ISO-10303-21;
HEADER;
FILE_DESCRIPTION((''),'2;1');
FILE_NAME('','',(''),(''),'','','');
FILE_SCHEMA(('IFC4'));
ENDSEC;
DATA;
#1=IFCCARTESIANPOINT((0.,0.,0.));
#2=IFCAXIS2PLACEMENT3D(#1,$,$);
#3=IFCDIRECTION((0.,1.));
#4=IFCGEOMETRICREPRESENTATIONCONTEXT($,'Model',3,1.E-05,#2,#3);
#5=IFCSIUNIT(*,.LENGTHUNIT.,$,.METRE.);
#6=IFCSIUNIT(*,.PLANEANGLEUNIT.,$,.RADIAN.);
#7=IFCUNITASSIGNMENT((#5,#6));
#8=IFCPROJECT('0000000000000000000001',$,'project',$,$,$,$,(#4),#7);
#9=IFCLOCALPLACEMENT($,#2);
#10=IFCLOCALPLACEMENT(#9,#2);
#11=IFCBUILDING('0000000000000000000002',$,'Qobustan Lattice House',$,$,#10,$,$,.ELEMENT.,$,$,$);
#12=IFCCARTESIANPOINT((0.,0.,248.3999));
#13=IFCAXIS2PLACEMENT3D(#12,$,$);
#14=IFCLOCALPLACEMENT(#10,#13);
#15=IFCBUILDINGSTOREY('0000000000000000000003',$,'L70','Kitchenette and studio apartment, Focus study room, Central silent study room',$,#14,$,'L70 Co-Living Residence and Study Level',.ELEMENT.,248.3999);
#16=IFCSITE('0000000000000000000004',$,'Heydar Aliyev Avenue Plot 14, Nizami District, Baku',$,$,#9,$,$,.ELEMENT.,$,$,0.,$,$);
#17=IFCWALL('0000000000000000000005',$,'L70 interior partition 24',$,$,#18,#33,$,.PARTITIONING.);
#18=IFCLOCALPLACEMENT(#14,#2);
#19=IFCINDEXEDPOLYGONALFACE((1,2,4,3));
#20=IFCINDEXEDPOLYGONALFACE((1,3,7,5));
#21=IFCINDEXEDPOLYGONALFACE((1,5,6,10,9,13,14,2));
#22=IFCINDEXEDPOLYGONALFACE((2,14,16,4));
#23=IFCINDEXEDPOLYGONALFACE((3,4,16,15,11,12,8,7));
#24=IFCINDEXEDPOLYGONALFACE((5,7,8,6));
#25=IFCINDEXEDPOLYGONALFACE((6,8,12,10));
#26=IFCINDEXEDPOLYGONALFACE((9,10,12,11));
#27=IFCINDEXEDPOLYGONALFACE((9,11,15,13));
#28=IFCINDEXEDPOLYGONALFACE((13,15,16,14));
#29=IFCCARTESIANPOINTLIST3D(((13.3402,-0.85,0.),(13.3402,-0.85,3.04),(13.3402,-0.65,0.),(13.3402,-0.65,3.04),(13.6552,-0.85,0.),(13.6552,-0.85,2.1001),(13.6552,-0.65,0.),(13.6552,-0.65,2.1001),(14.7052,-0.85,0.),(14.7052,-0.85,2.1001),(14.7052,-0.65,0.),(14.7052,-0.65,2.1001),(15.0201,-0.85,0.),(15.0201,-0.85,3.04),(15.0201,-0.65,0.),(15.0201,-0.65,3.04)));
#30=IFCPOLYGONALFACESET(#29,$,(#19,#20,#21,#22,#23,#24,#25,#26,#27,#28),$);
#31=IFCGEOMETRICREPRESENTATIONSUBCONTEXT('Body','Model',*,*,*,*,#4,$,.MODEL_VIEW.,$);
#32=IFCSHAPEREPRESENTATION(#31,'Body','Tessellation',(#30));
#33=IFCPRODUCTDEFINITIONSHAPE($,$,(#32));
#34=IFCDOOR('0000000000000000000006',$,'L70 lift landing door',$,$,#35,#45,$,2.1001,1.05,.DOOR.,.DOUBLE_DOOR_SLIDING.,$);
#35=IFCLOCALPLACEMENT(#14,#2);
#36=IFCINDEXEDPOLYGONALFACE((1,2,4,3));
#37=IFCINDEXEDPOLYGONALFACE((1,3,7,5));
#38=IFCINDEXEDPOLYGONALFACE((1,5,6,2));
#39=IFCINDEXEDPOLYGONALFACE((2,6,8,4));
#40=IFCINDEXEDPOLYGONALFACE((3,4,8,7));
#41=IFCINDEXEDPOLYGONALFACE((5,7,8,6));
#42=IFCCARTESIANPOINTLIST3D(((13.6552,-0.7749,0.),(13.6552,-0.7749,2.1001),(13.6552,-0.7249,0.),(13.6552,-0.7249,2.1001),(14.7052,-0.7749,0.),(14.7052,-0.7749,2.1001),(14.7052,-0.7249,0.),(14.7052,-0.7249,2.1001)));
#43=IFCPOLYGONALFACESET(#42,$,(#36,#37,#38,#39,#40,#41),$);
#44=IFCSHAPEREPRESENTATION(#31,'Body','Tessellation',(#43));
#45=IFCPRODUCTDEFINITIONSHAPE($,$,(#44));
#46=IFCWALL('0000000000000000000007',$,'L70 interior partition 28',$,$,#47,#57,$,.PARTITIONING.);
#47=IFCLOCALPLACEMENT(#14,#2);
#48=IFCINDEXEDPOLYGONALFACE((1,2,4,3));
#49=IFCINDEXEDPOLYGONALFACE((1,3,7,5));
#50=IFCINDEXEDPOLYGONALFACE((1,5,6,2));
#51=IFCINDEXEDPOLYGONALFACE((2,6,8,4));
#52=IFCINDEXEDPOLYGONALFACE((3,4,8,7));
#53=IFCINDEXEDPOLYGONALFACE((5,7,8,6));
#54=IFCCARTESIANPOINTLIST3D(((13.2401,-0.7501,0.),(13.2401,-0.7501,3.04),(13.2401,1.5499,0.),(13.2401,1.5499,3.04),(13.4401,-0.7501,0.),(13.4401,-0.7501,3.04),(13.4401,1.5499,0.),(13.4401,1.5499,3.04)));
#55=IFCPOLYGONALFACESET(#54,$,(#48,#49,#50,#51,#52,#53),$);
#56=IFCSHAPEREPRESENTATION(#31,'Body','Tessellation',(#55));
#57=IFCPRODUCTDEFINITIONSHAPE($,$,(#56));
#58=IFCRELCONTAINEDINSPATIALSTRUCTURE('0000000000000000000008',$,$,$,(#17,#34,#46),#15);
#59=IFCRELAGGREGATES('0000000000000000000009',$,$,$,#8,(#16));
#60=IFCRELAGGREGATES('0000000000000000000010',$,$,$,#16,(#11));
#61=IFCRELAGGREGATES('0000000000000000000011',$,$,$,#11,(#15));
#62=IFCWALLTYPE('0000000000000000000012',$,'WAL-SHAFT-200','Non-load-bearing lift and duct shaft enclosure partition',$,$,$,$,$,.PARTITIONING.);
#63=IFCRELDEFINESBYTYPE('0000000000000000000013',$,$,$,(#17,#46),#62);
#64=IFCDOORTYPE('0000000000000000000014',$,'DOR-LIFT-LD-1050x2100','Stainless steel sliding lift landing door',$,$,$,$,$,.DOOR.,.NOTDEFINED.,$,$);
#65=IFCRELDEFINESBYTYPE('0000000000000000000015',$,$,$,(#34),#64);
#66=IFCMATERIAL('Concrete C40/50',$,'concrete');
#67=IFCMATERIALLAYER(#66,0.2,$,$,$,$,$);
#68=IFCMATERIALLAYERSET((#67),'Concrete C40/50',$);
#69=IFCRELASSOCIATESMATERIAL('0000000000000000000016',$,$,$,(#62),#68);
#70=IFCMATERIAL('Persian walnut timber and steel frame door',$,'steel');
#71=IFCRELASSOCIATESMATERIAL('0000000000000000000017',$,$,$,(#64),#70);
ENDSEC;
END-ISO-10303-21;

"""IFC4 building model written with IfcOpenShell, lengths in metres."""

from ifc_helpers import new_model, si_unit, direction, frame, frame_2d, origin, place, context, subcontext, project, spatial, rectangle, extrude, material, layer, layer_set, type_object, element, fill, save


model = new_model("IFC4")

# Units and contexts
model_context = context("Model", 3, precision=1e-05, world=origin(), true_north=direction((0.0, 1.0)))
body_context = subcontext(model_context, "Body", "Model", "MODEL_VIEW")
ifc_project = project(units=[si_unit("LENGTHUNIT", "METRE"), si_unit("PLANEANGLEUNIT", "RADIAN")], contexts=[model_context])

# Site, building, storey
site_placement = place(None, origin())
site = spatial("IfcSite", under=ifc_project, at=site_placement, Name="Heydar Aliyev Avenue Plot 14, Nizami District, Baku", CompositionType="ELEMENT", RefElevation=0.0)
building_placement = place(site_placement, origin())
building = spatial("IfcBuilding", under=site, at=building_placement, Name="Qobustan Lattice House", CompositionType="ELEMENT")
storey_placement = place(building_placement, frame((0.0, 0.0, 248.3999)))
storey = spatial("IfcBuildingStorey", under=building, at=storey_placement, Name="L70", Description="Kitchenette and studio apartment, Focus study room, Central silent study room", LongName="L70 Co-Living Residence and Study Level", CompositionType="ELEMENT", Elevation=248.3999)

# Shared definitions
ifc_material_1 = material(Name="Concrete C40/50", Category="concrete")
ifc_layer_1 = layer(ifc_material_1, 0.2)
ifc_layer_set_1 = layer_set([ifc_layer_1], Name="Concrete C40/50")
wall_type_1 = type_object("IfcWallType", Name="WAL-SHAFT-200", Description="Non-load-bearing lift and duct shaft enclosure partition", PredefinedType="PARTITIONING", material=ifc_layer_set_1)

# Wall, opening, door
wall_1_placement = place(storey_placement, frame((15.02, -0.75, 0.0), z_axis=(0.0, 0.0, 1.0), x_axis=(-1.0, 0.0, 0.0)))
wall_1 = element("IfcWall", 1, at=wall_1_placement, inside=storey, type_object=wall_type_1, Name="L70 interior partition 24", PredefinedType="PARTITIONING", context=body_context, shape_type="SweptSolid", body=[
    extrude(rectangle(XDim=1.6799, YDim=0.2, at=frame_2d((0.8398, 0.0))), origin(), (0.0, 0.0, 1.0), 3.04),
])
opening_1_placement = place(wall_1_placement, frame((0.3149, 0.0, 0.0)))
opening_1 = element("IfcOpeningElement", 2, at=opening_1_placement, cuts=wall_1, PredefinedType="OPENING", context=body_context, shape_type="SweptSolid", body=[
    extrude(rectangle(XDim=1.05, YDim=2.1001, at=frame_2d((0.5249, 1.05))), frame((0.0, 0.1099, 0.0), z_axis=(0.0, -1.0, 0.0), x_axis=(1.0, 0.0, 0.0)), (0.0, 0.0, 1.0), 0.22),
])
ifc_material_2 = material(Name="Persian walnut timber and steel frame door", Category="steel")
door_type_1 = type_object("IfcDoorType", Name="DOR-LIFT-LD-1050x2100", Description="Stainless steel sliding lift landing door", OperationType="NOTDEFINED", PredefinedType="DOOR", material=ifc_material_2)
door_1_placement = place(opening_1_placement, origin())
door_1 = element("IfcDoor", 3, at=door_1_placement, inside=storey, type_object=door_type_1, Name="L70 lift landing door", OperationType="DOUBLE_DOOR_SLIDING", OverallHeight=2.1001, OverallWidth=1.05, PredefinedType="DOOR", context=body_context, shape_type="SweptSolid", body=[
    extrude(rectangle(XDim=1.05, YDim=2.1001, at=frame_2d((0.5249, 1.05))), frame((0.0, 0.0249, 0.0), z_axis=(0.0, -1.0, 0.0), x_axis=(1.0, 0.0, 0.0)), (0.0, 0.0, 1.0), 0.05),
])
fill(opening_1, door_1)

# Wall
wall_2_placement = place(storey_placement, frame((13.3401, -0.75, 0.0), z_axis=(0.0, 0.0, 1.0), x_axis=(0.0, 1.0, 0.0)))
element("IfcWall", 4, at=wall_2_placement, inside=storey, type_object=wall_type_1, Name="L70 interior partition 28", PredefinedType="PARTITIONING", context=body_context, shape_type="SweptSolid", body=[
    extrude(rectangle(XDim=2.3, YDim=0.2, at=frame_2d((1.1499, 0.0))), origin(), (0.0, 0.0, 1.0), 3.04),
])

save(model, "model.ifc")
